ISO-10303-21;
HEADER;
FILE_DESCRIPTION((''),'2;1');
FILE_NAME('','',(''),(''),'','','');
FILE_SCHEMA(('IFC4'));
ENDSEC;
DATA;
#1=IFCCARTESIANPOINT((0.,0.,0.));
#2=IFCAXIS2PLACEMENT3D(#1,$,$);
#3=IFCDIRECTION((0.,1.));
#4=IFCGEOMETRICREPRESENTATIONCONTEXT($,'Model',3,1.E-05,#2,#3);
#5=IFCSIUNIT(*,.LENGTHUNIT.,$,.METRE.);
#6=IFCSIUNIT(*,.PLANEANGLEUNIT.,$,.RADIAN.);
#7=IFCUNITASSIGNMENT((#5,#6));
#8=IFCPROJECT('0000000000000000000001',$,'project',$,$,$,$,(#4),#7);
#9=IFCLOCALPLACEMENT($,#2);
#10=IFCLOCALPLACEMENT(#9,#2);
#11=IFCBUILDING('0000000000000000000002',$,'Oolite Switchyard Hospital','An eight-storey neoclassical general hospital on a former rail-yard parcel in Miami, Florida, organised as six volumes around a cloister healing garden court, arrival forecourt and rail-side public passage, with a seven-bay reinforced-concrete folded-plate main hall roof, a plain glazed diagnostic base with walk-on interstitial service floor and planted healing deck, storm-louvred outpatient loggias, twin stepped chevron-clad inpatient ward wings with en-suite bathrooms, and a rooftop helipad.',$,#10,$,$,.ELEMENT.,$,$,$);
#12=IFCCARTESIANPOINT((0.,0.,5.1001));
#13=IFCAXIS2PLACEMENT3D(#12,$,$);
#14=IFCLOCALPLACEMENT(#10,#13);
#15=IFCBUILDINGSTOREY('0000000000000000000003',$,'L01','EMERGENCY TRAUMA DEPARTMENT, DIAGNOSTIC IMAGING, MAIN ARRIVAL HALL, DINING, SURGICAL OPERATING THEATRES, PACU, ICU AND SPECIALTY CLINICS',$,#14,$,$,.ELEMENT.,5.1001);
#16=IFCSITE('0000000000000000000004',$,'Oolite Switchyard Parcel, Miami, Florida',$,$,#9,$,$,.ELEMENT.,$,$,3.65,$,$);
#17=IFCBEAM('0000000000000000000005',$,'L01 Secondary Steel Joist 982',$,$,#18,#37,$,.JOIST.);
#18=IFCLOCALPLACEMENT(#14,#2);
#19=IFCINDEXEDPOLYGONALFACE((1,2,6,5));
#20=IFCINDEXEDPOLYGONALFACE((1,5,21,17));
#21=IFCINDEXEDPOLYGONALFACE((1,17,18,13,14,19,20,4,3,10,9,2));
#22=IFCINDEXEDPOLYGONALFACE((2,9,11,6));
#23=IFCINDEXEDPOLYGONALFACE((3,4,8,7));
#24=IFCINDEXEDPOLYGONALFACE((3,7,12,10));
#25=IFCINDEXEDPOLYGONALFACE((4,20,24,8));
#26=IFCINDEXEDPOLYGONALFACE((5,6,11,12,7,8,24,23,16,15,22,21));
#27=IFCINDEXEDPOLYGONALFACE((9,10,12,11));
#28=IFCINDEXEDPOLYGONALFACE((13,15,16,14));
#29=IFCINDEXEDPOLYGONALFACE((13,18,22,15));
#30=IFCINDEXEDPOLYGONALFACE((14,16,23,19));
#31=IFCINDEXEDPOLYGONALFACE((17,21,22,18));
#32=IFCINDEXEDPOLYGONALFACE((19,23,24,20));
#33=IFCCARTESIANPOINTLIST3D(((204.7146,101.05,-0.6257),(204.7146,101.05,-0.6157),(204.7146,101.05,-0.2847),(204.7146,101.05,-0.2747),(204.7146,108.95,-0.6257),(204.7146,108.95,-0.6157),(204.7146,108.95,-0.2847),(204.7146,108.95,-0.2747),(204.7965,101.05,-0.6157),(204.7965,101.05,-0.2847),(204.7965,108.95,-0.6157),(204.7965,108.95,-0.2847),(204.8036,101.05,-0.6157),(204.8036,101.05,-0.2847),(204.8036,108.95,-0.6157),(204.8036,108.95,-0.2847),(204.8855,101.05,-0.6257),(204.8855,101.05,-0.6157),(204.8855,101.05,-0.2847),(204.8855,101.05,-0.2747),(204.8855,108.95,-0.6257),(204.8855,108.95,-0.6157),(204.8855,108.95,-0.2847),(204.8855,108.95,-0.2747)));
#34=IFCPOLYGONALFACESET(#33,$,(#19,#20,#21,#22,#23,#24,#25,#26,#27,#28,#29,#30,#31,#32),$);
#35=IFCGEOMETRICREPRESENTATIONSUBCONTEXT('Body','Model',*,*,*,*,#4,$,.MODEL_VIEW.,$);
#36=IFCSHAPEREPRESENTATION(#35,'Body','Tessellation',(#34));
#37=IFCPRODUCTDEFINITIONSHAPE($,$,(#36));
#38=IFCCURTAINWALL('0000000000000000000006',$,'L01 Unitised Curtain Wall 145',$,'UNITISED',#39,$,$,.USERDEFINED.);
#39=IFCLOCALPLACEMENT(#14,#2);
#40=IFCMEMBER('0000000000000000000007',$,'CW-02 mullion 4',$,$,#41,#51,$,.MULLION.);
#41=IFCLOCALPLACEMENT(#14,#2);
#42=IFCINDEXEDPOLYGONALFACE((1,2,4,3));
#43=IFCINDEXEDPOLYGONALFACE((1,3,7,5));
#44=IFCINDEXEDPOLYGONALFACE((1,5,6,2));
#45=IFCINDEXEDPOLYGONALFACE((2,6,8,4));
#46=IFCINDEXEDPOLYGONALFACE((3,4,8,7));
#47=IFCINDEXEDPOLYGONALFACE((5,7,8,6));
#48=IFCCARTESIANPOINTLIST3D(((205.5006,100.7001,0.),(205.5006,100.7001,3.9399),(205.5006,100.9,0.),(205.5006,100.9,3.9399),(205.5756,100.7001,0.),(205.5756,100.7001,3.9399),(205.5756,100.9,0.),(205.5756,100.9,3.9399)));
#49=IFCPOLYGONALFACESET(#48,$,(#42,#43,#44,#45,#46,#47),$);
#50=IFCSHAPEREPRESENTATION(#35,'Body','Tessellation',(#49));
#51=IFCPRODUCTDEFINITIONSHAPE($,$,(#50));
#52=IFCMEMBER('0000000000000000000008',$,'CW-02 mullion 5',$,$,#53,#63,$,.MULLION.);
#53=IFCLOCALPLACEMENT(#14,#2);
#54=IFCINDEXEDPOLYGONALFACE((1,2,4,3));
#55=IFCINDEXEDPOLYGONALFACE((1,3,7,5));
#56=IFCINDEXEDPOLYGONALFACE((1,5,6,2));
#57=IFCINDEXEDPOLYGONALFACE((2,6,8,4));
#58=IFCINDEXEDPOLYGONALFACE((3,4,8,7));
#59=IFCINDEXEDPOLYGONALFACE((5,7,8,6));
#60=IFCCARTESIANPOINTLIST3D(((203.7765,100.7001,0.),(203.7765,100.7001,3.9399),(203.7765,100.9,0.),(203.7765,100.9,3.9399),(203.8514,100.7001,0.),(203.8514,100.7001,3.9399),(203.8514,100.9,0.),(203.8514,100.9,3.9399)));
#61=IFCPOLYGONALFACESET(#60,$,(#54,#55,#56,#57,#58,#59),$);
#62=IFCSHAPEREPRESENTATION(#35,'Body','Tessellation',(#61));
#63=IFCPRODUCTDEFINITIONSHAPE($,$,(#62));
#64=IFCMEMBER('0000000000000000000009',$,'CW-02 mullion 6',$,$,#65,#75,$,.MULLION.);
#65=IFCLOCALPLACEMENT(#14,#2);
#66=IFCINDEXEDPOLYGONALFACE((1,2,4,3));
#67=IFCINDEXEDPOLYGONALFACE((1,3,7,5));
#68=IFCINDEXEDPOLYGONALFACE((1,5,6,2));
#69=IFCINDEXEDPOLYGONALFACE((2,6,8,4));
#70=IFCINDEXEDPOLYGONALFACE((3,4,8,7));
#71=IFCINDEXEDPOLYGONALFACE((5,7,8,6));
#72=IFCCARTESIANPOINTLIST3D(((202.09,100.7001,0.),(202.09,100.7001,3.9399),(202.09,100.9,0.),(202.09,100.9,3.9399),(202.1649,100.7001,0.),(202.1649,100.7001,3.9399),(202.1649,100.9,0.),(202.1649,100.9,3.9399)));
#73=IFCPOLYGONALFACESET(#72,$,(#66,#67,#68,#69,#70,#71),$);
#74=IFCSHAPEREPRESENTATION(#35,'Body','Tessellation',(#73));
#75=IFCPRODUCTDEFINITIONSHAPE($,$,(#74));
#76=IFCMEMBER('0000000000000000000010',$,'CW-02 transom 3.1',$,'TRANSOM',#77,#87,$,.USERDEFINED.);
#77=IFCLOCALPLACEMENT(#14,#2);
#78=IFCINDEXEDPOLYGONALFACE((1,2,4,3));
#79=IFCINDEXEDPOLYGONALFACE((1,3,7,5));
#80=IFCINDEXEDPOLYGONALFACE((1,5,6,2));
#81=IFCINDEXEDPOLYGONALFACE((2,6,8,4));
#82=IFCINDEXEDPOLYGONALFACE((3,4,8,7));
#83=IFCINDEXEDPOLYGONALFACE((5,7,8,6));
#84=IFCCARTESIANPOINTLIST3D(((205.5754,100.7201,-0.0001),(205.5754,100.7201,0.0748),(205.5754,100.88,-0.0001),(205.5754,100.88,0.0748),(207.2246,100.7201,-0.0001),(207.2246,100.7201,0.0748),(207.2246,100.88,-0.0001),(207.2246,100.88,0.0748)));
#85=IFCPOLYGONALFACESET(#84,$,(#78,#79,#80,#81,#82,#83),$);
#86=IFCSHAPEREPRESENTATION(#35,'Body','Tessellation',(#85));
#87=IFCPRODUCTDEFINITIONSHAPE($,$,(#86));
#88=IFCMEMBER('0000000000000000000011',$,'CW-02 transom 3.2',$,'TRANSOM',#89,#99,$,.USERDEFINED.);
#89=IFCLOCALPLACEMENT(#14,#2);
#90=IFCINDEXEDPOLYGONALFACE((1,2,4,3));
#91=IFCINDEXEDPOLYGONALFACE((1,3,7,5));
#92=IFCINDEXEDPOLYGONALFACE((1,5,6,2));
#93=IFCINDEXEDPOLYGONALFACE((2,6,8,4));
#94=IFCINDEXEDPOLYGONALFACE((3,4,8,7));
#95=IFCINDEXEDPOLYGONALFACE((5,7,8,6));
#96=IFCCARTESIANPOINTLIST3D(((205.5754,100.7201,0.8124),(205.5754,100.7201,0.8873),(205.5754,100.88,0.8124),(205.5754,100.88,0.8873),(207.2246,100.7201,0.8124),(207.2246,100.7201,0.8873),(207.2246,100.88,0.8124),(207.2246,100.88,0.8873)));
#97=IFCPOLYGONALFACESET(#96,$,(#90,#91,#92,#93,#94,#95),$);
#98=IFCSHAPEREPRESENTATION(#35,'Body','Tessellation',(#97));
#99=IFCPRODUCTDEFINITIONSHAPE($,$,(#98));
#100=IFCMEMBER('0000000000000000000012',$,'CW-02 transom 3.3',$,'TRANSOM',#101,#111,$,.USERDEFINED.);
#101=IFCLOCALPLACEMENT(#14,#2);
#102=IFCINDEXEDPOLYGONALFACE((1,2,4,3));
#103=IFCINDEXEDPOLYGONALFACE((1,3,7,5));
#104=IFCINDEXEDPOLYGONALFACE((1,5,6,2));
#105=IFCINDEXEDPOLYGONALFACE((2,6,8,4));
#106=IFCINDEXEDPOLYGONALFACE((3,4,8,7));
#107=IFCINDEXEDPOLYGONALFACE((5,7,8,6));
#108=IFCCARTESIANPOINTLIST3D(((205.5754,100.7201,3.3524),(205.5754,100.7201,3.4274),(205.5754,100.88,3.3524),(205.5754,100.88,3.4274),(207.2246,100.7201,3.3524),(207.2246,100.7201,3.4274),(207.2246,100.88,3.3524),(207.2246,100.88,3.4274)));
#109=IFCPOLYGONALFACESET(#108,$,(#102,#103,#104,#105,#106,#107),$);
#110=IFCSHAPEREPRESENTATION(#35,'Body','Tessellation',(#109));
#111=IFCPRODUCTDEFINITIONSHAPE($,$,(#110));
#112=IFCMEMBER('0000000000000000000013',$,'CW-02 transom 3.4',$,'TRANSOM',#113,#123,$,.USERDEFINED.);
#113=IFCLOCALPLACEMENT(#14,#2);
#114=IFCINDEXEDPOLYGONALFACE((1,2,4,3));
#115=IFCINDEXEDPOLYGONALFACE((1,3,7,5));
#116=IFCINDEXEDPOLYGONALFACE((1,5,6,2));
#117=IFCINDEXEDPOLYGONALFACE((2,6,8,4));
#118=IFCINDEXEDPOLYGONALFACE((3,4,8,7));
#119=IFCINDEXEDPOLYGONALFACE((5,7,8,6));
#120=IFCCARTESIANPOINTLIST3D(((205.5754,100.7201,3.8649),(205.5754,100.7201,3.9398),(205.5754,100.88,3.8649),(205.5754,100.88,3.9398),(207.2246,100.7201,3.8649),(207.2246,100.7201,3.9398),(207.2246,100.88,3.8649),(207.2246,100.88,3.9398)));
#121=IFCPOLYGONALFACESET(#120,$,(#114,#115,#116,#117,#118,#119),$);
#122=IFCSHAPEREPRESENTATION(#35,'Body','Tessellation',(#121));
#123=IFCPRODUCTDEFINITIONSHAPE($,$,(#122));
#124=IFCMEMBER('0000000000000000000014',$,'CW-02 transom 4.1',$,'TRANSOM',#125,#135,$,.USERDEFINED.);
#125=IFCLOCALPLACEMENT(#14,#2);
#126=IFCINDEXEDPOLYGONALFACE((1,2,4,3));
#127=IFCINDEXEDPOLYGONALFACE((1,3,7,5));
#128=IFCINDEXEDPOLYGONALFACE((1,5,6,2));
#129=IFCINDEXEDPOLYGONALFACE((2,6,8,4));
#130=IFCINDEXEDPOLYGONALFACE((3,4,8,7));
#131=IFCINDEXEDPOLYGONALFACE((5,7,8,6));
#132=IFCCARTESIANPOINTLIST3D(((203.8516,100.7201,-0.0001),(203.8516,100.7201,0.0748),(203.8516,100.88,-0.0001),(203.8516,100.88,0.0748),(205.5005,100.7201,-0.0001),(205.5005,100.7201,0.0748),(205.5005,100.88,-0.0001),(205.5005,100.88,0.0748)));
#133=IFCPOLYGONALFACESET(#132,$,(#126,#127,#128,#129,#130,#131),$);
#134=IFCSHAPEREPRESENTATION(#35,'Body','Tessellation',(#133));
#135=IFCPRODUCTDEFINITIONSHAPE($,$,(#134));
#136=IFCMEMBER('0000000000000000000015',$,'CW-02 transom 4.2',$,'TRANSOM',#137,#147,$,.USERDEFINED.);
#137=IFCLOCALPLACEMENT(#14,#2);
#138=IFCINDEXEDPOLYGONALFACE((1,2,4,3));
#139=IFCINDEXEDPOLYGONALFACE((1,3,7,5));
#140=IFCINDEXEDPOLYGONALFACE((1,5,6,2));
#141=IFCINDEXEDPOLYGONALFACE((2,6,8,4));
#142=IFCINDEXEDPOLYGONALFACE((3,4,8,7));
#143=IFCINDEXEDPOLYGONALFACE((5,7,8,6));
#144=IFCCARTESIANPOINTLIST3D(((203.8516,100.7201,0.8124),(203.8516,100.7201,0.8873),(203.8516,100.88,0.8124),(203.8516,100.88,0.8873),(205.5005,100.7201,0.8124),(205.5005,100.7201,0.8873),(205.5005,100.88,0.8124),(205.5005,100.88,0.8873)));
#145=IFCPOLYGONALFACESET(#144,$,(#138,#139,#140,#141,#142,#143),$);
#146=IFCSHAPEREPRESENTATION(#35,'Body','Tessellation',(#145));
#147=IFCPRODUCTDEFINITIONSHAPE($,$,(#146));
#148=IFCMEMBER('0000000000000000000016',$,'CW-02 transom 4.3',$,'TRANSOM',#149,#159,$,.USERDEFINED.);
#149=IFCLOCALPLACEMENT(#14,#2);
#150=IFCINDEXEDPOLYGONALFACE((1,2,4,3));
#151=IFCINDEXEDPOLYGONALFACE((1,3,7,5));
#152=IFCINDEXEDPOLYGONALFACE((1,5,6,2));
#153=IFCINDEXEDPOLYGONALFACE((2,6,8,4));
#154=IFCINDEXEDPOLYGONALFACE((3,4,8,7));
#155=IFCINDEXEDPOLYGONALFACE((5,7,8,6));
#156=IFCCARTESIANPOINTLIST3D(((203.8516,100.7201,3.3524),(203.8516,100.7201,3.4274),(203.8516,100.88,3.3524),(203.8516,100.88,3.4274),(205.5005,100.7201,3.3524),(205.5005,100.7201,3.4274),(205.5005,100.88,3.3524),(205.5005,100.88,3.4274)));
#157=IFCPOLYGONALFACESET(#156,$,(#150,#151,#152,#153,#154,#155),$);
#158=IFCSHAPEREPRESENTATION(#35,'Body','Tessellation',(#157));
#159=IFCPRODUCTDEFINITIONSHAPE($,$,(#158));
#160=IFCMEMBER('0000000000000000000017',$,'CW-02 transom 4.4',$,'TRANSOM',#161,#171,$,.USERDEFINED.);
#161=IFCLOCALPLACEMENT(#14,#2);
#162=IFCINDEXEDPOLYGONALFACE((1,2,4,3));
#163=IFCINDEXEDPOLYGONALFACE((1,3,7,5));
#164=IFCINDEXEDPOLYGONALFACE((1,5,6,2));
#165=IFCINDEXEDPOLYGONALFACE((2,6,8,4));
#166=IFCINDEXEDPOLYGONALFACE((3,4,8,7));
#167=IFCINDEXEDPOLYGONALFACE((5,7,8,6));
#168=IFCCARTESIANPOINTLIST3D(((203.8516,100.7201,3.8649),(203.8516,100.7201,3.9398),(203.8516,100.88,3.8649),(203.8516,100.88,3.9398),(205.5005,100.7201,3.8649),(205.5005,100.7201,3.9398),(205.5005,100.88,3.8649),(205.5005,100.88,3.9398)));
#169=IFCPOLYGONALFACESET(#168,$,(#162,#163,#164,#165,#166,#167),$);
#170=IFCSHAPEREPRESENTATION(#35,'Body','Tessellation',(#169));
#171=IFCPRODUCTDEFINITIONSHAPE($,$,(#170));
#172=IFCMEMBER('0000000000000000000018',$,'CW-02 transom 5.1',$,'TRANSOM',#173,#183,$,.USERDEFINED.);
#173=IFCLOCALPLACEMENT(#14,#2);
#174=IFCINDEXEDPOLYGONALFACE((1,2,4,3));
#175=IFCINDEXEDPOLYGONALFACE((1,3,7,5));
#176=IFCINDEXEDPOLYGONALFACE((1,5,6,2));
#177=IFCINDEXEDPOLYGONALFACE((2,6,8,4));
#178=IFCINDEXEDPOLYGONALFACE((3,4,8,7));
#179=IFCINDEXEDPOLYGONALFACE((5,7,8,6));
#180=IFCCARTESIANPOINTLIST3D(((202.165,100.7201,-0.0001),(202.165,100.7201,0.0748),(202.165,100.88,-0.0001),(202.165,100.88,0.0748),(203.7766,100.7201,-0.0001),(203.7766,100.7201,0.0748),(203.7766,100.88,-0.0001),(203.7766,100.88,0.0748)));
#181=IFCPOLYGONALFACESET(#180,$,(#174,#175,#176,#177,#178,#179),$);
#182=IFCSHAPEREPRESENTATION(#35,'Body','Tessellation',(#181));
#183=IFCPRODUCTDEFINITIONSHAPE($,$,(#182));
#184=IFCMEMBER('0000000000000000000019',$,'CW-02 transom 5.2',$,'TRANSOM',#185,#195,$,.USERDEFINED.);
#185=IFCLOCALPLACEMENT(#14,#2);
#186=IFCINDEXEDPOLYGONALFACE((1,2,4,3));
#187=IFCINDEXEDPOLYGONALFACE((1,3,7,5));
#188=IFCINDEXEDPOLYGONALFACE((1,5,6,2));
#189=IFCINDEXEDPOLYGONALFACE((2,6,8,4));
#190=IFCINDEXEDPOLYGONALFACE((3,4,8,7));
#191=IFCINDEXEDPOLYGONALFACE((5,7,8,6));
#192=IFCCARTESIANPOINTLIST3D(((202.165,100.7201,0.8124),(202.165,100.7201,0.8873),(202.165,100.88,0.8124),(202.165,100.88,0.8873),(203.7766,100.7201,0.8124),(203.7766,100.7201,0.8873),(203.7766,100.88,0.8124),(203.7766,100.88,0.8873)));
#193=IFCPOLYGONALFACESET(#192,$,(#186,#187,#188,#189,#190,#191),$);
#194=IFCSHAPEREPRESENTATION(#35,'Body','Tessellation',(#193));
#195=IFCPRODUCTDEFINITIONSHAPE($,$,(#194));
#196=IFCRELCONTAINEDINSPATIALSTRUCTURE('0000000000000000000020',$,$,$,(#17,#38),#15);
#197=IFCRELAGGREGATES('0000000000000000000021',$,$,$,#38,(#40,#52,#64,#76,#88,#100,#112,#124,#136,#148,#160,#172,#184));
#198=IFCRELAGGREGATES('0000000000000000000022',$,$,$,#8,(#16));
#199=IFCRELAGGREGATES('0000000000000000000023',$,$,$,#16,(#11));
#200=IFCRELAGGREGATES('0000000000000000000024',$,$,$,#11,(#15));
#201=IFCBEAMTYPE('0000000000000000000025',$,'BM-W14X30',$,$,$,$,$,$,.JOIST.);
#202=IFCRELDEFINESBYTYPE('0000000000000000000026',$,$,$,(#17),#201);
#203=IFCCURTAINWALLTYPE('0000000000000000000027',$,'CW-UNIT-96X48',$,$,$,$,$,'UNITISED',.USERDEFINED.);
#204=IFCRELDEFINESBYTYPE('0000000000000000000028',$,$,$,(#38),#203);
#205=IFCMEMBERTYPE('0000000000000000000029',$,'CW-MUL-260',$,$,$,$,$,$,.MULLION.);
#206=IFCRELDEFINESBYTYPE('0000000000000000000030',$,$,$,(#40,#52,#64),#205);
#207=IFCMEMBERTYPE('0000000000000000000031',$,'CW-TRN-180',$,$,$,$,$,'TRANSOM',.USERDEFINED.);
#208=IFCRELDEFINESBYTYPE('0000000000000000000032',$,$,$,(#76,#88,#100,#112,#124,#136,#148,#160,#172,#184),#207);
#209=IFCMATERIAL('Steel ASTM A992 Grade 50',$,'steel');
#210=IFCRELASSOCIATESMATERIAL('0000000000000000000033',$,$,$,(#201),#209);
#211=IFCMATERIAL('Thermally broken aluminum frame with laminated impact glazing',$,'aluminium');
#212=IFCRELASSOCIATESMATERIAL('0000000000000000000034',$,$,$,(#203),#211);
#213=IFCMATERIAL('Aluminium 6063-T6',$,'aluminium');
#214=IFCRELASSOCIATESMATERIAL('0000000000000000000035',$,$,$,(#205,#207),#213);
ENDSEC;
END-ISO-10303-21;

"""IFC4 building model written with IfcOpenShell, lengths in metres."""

from ifc_helpers import new_model, si_unit, direction, frame, origin, origin_2d, place, context, subcontext, project, spatial, rectangle, i_section, extrude, material, material_profile, profile_set, type_object, element, aggregate, save


model = new_model("IFC4")

# Units and contexts
model_context = context("Model", 3, precision=1e-05, world=origin(), true_north=direction((0.0, 1.0)))
body_context = subcontext(model_context, "Body", "Model", "MODEL_VIEW")
ifc_project = project(units=[si_unit("LENGTHUNIT", "METRE"), si_unit("PLANEANGLEUNIT", "RADIAN")], contexts=[model_context])

# Site, building, storey
site_placement = place(None, origin())
site = spatial("IfcSite", under=ifc_project, at=site_placement, Name="Oolite Switchyard Parcel, Miami, Florida", CompositionType="ELEMENT", RefElevation=3.65)
building_placement = place(site_placement, origin())
building = spatial("IfcBuilding", under=site, at=building_placement, Name="Oolite Switchyard Hospital", Description="An eight-storey neoclassical general hospital on a former rail-yard parcel in Miami, Florida, organised as six volumes around a cloister healing garden court, arrival forecourt and rail-side public passage, with a seven-bay reinforced-concrete folded-plate main hall roof, a plain glazed diagnostic base with walk-on interstitial service floor and planted healing deck, storm-louvred outpatient loggias, twin stepped chevron-clad inpatient ward wings with en-suite bathrooms, and a rooftop helipad.", CompositionType="ELEMENT")
storey_placement = place(building_placement, frame((0.0, 0.0, 5.1001)))
storey = spatial("IfcBuildingStorey", under=building, at=storey_placement, Name="L01", Description="EMERGENCY TRAUMA DEPARTMENT, DIAGNOSTIC IMAGING, MAIN ARRIVAL HALL, DINING, SURGICAL OPERATING THEATRES, PACU, ICU AND SPECIALTY CLINICS", CompositionType="ELEMENT", Elevation=5.1001)

# Beam
ifc_material_1 = material(Name="Steel ASTM A992 Grade 50", Category="steel")
ifc_material_profile_1 = material_profile(ifc_material_1, i_section(OverallWidth=0.1709, OverallDepth=0.3511, WebThickness=0.0071, FlangeThickness=0.01, at=origin_2d()), Name="W14X30")
ifc_profile_set_1 = profile_set([ifc_material_profile_1], Name="Steel ASTM A992 Grade 50")
beam_type = type_object("IfcBeamType", Name="BM-W14X30", PredefinedType="JOIST", material=ifc_profile_set_1)
beam_placement = place(storey_placement, frame((204.8, 101.05, -0.4502), z_axis=(0.0, 1.0, 0.0), x_axis=(-1.0, 0.0, 0.0)))
element("IfcBeam", 1, at=beam_placement, inside=storey, type_object=beam_type, Name="L01 Secondary Steel Joist 982", PredefinedType="JOIST", context=body_context, shape_type="SweptSolid", body=[
    extrude(i_section(OverallWidth=0.1709, OverallDepth=0.3511, WebThickness=0.0071, FlangeThickness=0.01, at=origin_2d()), origin(), (0.0, 0.0, 1.0), 7.8999),
])

# Curtain wall, members
ifc_material_2 = material(Name="Thermally broken aluminum frame with laminated impact glazing", Category="aluminium")
curtain_wall_type = type_object("IfcCurtainWallType", Name="CW-UNIT-96X48", ElementType="UNITISED", PredefinedType="USERDEFINED", material=ifc_material_2)
curtain_wall_placement = place(storey_placement, origin())
curtain_wall = element("IfcCurtainWall", 2, at=curtain_wall_placement, inside=storey, type_object=curtain_wall_type, Name="L01 Unitised Curtain Wall 145", ObjectType="UNITISED", PredefinedType="USERDEFINED")
ifc_material_3 = material(Name="Aluminium 6063-T6", Category="aluminium")
ifc_material_profile_2 = material_profile(ifc_material_3, rectangle(XDim=0.2, YDim=0.075, at=origin_2d()), Name="CWM75X200")
ifc_profile_set_2 = profile_set([ifc_material_profile_2], Name="Aluminium 6063-T6")
member_type_1 = type_object("IfcMemberType", Name="CW-MUL-260", PredefinedType="MULLION", material=ifc_profile_set_2)
member_1_placement = place(storey_placement, frame((205.5381, 100.8, 0.0), z_axis=(0.0, 0.0, 1.0), x_axis=(0.0, -1.0, 0.0)))
member_1 = element("IfcMember", 3, at=member_1_placement, type_object=member_type_1, Name="CW-02 mullion 4", PredefinedType="MULLION", context=body_context, shape_type="SweptSolid", body=[
    extrude(rectangle(XDim=0.2, YDim=0.075, at=origin_2d()), origin(), (0.0, 0.0, 1.0), 3.9399),
])
member_2_placement = place(storey_placement, frame((203.814, 100.8, 0.0), z_axis=(0.0, 0.0, 1.0), x_axis=(0.0, -1.0, 0.0)))
member_2 = element("IfcMember", 4, at=member_2_placement, type_object=member_type_1, Name="CW-02 mullion 5", PredefinedType="MULLION", context=body_context, shape_type="SweptSolid", body=[
    extrude(rectangle(XDim=0.2, YDim=0.075, at=origin_2d()), origin(), (0.0, 0.0, 1.0), 3.9399),
])
member_3_placement = place(storey_placement, frame((202.1274, 100.8, 0.0), z_axis=(0.0, 0.0, 1.0), x_axis=(0.0, -1.0, 0.0)))
member_3 = element("IfcMember", 5, at=member_3_placement, type_object=member_type_1, Name="CW-02 mullion 6", PredefinedType="MULLION", context=body_context, shape_type="SweptSolid", body=[
    extrude(rectangle(XDim=0.2, YDim=0.075, at=origin_2d()), origin(), (0.0, 0.0, 1.0), 3.9399),
])
ifc_material_profile_3 = material_profile(ifc_material_3, rectangle(XDim=0.1599, YDim=0.075, at=origin_2d()), Name="CWT75X160")
ifc_profile_set_3 = profile_set([ifc_material_profile_3], Name="Aluminium 6063-T6")
member_type_2 = type_object("IfcMemberType", Name="CW-TRN-180", ElementType="TRANSOM", PredefinedType="USERDEFINED", material=ifc_profile_set_3)
member_4_placement = place(storey_placement, frame((207.2246, 100.8, 0.0374), z_axis=(-1.0, 0.0, 0.0), x_axis=(0.0, -1.0, 0.0)))
member_4 = element("IfcMember", 6, at=member_4_placement, type_object=member_type_2, Name="CW-02 transom 3.1", ObjectType="TRANSOM", PredefinedType="USERDEFINED", context=body_context, shape_type="SweptSolid", body=[
    extrude(rectangle(XDim=0.1599, YDim=0.075, at=origin_2d()), origin(), (0.0, 0.0, 1.0), 1.6492),
])
member_5_placement = place(storey_placement, frame((207.2246, 100.8, 0.8499), z_axis=(-1.0, 0.0, 0.0), x_axis=(0.0, -1.0, 0.0)))
member_5 = element("IfcMember", 7, at=member_5_placement, type_object=member_type_2, Name="CW-02 transom 3.2", ObjectType="TRANSOM", PredefinedType="USERDEFINED", context=body_context, shape_type="SweptSolid", body=[
    extrude(rectangle(XDim=0.1599, YDim=0.075, at=origin_2d()), origin(), (0.0, 0.0, 1.0), 1.6492),
])
member_6_placement = place(storey_placement, frame((207.2246, 100.8, 3.3899), z_axis=(-1.0, 0.0, 0.0), x_axis=(0.0, -1.0, 0.0)))
member_6 = element("IfcMember", 8, at=member_6_placement, type_object=member_type_2, Name="CW-02 transom 3.3", ObjectType="TRANSOM", PredefinedType="USERDEFINED", context=body_context, shape_type="SweptSolid", body=[
    extrude(rectangle(XDim=0.1599, YDim=0.075, at=origin_2d()), origin(), (0.0, 0.0, 1.0), 1.6492),
])
member_7_placement = place(storey_placement, frame((207.2246, 100.8, 3.9023), z_axis=(-1.0, 0.0, 0.0), x_axis=(0.0, -1.0, 0.0)))
member_7 = element("IfcMember", 9, at=member_7_placement, type_object=member_type_2, Name="CW-02 transom 3.4", ObjectType="TRANSOM", PredefinedType="USERDEFINED", context=body_context, shape_type="SweptSolid", body=[
    extrude(rectangle(XDim=0.1599, YDim=0.075, at=origin_2d()), origin(), (0.0, 0.0, 1.0), 1.6492),
])
member_8_placement = place(storey_placement, frame((205.5005, 100.8, 0.0374), z_axis=(-1.0, 0.0, 0.0), x_axis=(0.0, -1.0, 0.0)))
member_8 = element("IfcMember", 10, at=member_8_placement, type_object=member_type_2, Name="CW-02 transom 4.1", ObjectType="TRANSOM", PredefinedType="USERDEFINED", context=body_context, shape_type="SweptSolid", body=[
    extrude(rectangle(XDim=0.1599, YDim=0.075, at=origin_2d()), origin(), (0.0, 0.0, 1.0), 1.6489),
])
member_9_placement = place(storey_placement, frame((205.5005, 100.8, 0.8499), z_axis=(-1.0, 0.0, 0.0), x_axis=(0.0, -1.0, 0.0)))
member_9 = element("IfcMember", 11, at=member_9_placement, type_object=member_type_2, Name="CW-02 transom 4.2", ObjectType="TRANSOM", PredefinedType="USERDEFINED", context=body_context, shape_type="SweptSolid", body=[
    extrude(rectangle(XDim=0.1599, YDim=0.075, at=origin_2d()), origin(), (0.0, 0.0, 1.0), 1.6489),
])
member_10_placement = place(storey_placement, frame((205.5005, 100.8, 3.3899), z_axis=(-1.0, 0.0, 0.0), x_axis=(0.0, -1.0, 0.0)))
member_10 = element("IfcMember", 12, at=member_10_placement, type_object=member_type_2, Name="CW-02 transom 4.3", ObjectType="TRANSOM", PredefinedType="USERDEFINED", context=body_context, shape_type="SweptSolid", body=[
    extrude(rectangle(XDim=0.1599, YDim=0.075, at=origin_2d()), origin(), (0.0, 0.0, 1.0), 1.6489),
])
member_11_placement = place(storey_placement, frame((205.5005, 100.8, 3.9023), z_axis=(-1.0, 0.0, 0.0), x_axis=(0.0, -1.0, 0.0)))
member_11 = element("IfcMember", 13, at=member_11_placement, type_object=member_type_2, Name="CW-02 transom 4.4", ObjectType="TRANSOM", PredefinedType="USERDEFINED", context=body_context, shape_type="SweptSolid", body=[
    extrude(rectangle(XDim=0.1599, YDim=0.075, at=origin_2d()), origin(), (0.0, 0.0, 1.0), 1.6489),
])
member_12_placement = place(storey_placement, frame((203.7766, 100.8, 0.0374), z_axis=(-1.0, 0.0, 0.0), x_axis=(0.0, -1.0, 0.0)))
member_12 = element("IfcMember", 14, at=member_12_placement, type_object=member_type_2, Name="CW-02 transom 5.1", ObjectType="TRANSOM", PredefinedType="USERDEFINED", context=body_context, shape_type="SweptSolid", body=[
    extrude(rectangle(XDim=0.1599, YDim=0.075, at=origin_2d()), origin(), (0.0, 0.0, 1.0), 1.6116),
])
member_13_placement = place(storey_placement, frame((203.7766, 100.8, 0.8499), z_axis=(-1.0, 0.0, 0.0), x_axis=(0.0, -1.0, 0.0)))
member_13 = element("IfcMember", 15, at=member_13_placement, type_object=member_type_2, Name="CW-02 transom 5.2", ObjectType="TRANSOM", PredefinedType="USERDEFINED", context=body_context, shape_type="SweptSolid", body=[
    extrude(rectangle(XDim=0.1599, YDim=0.075, at=origin_2d()), origin(), (0.0, 0.0, 1.0), 1.6116),
])
aggregate(curtain_wall, [member_1, member_2, member_3, member_4, member_5, member_6, member_7, member_8, member_9, member_10, member_11, member_12, member_13])

save(model, "model.ifc")
